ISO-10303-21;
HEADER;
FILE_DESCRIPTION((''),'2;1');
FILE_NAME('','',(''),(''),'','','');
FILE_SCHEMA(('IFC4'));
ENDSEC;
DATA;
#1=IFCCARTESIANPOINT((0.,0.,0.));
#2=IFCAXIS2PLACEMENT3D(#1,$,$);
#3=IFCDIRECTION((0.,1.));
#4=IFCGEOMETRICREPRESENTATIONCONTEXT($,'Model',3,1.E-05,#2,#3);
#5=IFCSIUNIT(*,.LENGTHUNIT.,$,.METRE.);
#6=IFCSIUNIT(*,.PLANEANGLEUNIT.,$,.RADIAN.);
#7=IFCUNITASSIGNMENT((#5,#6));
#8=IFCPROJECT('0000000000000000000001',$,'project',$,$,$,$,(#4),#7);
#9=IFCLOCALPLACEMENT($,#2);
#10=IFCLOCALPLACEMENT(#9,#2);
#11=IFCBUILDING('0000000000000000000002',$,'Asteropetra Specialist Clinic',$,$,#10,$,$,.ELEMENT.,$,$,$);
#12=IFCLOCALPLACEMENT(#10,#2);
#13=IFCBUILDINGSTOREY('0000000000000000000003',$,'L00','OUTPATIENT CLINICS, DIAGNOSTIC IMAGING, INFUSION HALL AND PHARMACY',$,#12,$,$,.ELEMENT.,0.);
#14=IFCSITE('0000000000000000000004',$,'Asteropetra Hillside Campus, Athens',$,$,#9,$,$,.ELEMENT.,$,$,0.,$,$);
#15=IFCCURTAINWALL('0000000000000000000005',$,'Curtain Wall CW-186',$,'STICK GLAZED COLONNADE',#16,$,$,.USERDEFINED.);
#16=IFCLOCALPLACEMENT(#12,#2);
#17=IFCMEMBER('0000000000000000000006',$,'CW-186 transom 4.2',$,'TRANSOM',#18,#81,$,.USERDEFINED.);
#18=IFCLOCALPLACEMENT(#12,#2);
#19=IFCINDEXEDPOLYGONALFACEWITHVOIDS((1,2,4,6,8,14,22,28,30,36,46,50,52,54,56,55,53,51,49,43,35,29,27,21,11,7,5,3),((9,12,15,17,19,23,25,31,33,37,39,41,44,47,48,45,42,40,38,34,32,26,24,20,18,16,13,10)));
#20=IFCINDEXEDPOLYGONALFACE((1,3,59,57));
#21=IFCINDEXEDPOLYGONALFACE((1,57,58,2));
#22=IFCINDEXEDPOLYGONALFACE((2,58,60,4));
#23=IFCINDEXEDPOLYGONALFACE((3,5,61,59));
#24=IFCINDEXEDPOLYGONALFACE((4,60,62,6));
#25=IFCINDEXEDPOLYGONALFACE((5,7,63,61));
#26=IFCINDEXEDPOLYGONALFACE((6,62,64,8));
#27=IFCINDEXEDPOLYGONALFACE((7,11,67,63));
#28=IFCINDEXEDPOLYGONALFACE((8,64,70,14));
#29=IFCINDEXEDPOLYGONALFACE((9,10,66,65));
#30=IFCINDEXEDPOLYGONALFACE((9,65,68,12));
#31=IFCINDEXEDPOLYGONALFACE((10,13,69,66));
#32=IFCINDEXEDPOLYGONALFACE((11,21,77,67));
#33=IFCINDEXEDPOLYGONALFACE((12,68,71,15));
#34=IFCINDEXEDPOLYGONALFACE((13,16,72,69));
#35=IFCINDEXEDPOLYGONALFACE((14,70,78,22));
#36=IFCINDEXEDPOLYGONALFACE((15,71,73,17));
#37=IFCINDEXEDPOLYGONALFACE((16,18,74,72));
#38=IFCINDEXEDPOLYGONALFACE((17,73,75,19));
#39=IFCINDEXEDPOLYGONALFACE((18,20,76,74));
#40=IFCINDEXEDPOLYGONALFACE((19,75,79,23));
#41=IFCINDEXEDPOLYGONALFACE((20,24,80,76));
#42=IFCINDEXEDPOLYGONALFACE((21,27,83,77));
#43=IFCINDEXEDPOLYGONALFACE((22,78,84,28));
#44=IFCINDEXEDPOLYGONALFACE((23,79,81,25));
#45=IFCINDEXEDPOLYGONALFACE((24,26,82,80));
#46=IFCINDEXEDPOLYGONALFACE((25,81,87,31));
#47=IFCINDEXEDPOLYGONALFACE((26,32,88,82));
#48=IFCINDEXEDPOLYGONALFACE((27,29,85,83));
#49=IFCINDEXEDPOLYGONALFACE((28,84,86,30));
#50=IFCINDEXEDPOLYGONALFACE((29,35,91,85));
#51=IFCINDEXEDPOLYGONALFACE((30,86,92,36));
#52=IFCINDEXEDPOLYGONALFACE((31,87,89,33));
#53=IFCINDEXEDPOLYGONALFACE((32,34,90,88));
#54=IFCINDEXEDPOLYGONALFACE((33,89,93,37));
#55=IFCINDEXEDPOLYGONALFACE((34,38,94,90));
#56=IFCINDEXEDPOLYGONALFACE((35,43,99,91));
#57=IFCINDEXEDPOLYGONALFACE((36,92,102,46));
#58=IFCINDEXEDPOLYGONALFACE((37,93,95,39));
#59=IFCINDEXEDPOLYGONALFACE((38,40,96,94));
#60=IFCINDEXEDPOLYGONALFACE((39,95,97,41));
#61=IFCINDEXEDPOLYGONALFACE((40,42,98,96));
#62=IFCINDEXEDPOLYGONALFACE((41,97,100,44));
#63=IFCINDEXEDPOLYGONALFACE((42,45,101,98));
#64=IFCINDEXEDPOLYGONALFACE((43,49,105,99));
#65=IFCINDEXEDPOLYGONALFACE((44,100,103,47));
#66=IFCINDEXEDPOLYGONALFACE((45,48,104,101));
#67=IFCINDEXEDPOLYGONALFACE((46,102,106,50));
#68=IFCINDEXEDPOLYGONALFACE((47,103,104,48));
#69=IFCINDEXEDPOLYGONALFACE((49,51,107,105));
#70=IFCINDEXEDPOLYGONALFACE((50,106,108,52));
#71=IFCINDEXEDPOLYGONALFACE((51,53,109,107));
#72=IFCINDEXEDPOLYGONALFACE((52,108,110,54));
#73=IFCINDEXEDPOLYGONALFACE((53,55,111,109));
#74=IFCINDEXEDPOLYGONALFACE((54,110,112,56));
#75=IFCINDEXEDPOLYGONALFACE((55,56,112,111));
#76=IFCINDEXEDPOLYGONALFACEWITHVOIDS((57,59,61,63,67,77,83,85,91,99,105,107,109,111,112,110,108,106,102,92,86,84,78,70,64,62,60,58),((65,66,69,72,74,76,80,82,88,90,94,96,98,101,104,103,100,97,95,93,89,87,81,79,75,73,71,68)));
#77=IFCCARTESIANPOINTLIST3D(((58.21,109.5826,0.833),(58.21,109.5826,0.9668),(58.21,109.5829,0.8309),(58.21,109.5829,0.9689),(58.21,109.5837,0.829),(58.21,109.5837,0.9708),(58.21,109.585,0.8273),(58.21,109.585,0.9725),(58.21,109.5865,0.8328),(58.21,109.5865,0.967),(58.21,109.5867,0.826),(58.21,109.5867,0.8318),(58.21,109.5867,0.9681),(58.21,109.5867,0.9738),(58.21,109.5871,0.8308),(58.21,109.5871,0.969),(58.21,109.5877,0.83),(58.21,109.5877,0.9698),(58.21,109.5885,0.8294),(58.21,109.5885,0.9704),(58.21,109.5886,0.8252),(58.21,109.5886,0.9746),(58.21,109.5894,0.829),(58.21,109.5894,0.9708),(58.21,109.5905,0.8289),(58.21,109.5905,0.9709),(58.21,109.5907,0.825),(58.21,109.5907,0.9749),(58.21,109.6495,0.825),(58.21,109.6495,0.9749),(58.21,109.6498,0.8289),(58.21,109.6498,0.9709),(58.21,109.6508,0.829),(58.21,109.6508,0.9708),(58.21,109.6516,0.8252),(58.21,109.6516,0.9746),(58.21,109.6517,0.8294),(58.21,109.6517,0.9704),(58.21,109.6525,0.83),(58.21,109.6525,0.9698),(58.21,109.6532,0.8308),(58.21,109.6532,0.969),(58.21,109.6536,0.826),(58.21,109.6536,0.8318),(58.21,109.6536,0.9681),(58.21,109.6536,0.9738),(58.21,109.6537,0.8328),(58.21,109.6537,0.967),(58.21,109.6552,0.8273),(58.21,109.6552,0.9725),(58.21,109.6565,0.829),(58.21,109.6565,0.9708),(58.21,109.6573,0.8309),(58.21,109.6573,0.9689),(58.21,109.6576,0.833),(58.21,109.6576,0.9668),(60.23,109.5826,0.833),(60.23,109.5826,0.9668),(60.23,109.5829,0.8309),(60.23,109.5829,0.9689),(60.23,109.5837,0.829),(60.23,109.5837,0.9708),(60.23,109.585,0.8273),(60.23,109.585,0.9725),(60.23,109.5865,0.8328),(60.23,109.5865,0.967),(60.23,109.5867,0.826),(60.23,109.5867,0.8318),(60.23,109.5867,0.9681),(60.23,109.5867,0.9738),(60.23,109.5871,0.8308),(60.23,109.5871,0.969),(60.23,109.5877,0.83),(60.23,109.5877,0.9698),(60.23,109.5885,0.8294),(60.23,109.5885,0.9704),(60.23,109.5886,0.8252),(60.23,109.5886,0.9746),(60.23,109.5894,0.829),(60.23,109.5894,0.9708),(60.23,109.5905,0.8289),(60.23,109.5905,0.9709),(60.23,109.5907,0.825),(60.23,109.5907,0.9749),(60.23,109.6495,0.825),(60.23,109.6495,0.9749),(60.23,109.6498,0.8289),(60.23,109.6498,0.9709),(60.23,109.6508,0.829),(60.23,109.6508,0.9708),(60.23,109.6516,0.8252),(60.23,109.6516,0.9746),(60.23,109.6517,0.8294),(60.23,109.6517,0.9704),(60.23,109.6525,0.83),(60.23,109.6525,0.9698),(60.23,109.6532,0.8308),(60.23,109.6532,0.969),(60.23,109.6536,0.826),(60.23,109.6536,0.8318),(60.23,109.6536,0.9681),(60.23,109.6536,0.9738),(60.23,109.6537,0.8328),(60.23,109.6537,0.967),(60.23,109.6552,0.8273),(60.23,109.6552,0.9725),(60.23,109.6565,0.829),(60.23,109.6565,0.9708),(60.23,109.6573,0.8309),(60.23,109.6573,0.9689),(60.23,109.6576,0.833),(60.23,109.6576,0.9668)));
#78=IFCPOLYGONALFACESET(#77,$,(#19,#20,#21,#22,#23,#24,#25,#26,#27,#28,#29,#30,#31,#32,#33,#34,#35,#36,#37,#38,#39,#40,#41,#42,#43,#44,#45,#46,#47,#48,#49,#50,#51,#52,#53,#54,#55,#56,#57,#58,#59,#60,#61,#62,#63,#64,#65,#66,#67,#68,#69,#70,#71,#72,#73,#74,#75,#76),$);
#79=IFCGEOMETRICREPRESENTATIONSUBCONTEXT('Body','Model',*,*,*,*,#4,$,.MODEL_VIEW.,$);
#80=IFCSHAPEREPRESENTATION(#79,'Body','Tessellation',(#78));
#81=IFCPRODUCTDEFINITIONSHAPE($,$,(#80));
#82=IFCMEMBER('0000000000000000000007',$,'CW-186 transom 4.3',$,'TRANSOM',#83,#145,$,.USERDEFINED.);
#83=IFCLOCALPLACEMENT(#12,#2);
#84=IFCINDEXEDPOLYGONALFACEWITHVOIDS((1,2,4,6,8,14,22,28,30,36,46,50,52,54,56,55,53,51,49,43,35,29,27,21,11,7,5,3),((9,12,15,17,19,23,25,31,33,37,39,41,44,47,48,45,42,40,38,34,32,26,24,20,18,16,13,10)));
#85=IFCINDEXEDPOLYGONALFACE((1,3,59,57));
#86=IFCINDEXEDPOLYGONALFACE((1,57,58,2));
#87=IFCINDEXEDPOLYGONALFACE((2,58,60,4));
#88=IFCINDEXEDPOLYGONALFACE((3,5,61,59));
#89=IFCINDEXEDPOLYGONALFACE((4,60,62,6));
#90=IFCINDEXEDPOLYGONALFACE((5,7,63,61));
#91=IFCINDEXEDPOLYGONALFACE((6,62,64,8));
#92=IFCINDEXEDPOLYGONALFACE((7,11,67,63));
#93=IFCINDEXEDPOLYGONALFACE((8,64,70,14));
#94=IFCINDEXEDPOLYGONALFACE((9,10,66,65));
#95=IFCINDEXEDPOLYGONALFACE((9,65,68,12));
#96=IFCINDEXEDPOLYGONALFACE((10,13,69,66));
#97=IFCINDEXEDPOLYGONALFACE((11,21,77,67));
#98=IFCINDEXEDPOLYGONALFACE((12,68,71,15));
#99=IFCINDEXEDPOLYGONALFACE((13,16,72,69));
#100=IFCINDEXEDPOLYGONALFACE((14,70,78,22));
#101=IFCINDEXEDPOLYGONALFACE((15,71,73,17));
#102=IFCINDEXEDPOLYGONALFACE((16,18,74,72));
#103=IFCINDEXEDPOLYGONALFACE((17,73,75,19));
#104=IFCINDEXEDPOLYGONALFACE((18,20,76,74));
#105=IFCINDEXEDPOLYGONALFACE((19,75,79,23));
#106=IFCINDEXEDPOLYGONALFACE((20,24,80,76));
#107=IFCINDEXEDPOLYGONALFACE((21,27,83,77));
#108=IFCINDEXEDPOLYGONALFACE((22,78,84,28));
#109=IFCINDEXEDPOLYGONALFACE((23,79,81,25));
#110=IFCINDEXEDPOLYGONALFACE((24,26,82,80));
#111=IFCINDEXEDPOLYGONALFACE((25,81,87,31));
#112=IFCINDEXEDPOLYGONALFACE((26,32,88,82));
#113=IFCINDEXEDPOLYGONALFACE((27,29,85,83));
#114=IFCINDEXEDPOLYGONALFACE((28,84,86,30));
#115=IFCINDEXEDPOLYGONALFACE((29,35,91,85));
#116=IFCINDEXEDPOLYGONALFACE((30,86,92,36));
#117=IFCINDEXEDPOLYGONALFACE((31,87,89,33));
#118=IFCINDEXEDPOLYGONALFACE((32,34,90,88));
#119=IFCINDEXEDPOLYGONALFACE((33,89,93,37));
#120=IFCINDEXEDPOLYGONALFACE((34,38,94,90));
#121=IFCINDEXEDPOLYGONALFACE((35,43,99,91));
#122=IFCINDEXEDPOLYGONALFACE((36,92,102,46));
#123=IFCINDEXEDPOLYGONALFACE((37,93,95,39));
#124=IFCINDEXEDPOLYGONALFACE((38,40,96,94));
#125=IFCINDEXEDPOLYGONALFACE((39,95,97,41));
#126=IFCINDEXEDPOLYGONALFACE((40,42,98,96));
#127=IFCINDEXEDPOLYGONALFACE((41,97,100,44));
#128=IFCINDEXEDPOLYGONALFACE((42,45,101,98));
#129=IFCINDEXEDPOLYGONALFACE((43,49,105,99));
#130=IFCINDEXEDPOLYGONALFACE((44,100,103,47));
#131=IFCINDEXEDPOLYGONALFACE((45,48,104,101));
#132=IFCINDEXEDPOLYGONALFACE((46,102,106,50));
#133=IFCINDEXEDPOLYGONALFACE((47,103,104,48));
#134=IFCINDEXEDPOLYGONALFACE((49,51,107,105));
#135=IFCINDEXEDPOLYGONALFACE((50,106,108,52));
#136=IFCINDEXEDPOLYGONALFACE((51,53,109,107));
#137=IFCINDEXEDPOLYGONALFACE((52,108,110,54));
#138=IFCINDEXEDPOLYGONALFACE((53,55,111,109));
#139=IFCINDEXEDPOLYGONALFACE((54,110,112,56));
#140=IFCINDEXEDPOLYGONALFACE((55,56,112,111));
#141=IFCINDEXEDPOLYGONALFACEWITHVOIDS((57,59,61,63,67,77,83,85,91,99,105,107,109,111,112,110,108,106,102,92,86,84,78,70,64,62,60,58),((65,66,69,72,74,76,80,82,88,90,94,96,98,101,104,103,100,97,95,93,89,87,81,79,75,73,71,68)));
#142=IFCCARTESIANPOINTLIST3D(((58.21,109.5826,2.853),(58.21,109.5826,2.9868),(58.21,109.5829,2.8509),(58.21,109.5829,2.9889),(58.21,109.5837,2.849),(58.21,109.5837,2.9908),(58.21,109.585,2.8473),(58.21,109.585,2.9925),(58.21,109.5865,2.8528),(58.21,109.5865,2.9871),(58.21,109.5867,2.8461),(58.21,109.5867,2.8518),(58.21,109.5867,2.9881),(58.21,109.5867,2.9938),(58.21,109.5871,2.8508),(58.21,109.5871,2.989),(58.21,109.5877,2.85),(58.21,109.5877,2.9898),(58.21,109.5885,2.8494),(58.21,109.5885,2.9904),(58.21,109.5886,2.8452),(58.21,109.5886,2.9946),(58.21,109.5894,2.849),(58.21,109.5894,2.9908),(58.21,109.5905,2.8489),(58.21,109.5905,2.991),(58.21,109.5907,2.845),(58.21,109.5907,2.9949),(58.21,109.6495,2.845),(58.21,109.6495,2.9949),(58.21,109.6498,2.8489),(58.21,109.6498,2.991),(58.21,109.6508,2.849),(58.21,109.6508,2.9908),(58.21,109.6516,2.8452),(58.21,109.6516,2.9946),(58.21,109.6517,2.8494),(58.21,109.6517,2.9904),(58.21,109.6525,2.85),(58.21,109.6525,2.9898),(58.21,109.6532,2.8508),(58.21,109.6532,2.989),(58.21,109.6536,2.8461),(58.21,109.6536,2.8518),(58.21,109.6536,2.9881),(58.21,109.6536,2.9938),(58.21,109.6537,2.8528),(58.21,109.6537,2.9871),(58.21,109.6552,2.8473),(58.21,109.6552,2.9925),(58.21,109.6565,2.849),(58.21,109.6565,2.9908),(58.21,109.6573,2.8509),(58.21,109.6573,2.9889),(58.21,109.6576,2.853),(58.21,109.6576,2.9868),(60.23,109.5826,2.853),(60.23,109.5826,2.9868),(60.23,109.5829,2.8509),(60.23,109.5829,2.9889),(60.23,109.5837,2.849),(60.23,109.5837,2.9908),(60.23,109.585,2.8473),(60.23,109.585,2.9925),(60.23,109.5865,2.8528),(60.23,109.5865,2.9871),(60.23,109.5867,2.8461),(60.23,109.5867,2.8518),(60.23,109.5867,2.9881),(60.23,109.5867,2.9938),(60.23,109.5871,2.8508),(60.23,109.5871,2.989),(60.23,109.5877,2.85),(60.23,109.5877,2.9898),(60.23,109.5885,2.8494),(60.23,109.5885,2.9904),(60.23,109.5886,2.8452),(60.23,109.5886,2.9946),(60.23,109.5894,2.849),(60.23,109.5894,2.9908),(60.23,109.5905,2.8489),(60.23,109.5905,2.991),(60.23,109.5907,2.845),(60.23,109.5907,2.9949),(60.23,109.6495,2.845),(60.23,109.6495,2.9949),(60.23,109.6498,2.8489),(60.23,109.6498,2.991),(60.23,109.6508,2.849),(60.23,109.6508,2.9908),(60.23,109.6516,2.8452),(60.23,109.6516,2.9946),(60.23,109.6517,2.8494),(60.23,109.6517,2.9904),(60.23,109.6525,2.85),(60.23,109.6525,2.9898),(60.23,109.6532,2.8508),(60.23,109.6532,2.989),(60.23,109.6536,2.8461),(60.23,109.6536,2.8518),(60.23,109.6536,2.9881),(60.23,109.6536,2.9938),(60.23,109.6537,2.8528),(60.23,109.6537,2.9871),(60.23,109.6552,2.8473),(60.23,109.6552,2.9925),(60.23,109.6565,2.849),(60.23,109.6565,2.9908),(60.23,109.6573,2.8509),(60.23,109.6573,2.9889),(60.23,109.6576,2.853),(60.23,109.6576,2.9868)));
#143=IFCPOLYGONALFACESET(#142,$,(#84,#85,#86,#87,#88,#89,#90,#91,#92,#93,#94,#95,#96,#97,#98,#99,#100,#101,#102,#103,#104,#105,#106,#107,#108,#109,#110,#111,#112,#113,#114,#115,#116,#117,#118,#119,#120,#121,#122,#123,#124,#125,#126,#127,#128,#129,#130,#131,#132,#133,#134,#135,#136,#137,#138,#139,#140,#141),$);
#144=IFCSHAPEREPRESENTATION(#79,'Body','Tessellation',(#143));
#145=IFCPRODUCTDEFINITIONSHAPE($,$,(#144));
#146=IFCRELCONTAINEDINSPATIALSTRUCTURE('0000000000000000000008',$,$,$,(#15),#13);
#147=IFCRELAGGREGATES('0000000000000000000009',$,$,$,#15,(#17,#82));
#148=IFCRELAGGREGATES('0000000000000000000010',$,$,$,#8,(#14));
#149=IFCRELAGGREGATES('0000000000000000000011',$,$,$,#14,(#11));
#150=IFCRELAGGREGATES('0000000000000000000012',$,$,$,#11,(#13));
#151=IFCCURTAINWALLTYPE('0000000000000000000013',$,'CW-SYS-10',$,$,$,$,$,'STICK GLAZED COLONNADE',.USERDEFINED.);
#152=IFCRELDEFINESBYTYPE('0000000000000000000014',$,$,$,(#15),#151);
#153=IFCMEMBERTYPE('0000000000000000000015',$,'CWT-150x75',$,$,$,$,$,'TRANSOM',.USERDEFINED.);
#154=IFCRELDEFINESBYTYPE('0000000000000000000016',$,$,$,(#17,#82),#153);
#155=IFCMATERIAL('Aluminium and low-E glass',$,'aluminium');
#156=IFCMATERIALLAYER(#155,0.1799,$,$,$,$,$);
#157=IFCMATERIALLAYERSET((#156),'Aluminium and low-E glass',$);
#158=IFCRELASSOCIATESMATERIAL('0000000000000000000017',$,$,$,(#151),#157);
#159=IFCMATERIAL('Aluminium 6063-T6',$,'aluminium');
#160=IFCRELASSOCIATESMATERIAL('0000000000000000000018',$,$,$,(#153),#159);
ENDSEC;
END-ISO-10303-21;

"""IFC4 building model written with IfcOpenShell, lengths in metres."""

from ifc_helpers import new_model, si_unit, direction, frame, origin, origin_2d, place, context, subcontext, project, spatial, hollow_rectangle, extrude, material, layer, layer_set, material_profile, profile_set, type_object, element, aggregate, save


model = new_model("IFC4")

# Units and contexts
model_context = context("Model", 3, precision=1e-05, world=origin(), true_north=direction((0.0, 1.0)))
body_context = subcontext(model_context, "Body", "Model", "MODEL_VIEW")
ifc_project = project(units=[si_unit("LENGTHUNIT", "METRE"), si_unit("PLANEANGLEUNIT", "RADIAN")], contexts=[model_context])

# Site, building, storey
site_placement = place(None, origin())
site = spatial("IfcSite", under=ifc_project, at=site_placement, Name="Asteropetra Hillside Campus, Athens", CompositionType="ELEMENT", RefElevation=0.0)
building_placement = place(site_placement, origin())
building = spatial("IfcBuilding", under=site, at=building_placement, Name="Asteropetra Specialist Clinic", CompositionType="ELEMENT")
storey_placement = place(building_placement, origin())
storey = spatial("IfcBuildingStorey", under=building, at=storey_placement, Name="L00", Description="OUTPATIENT CLINICS, DIAGNOSTIC IMAGING, INFUSION HALL AND PHARMACY", CompositionType="ELEMENT", Elevation=0.0)

# Curtain wall, members
ifc_material_1 = material(Name="Aluminium and low-E glass", Category="aluminium")
ifc_layer_1 = layer(ifc_material_1, 0.1799)
ifc_layer_set_1 = layer_set([ifc_layer_1], Name="Aluminium and low-E glass")
curtain_wall_type = type_object("IfcCurtainWallType", Name="CW-SYS-10", ElementType="STICK GLAZED COLONNADE", PredefinedType="USERDEFINED", material=ifc_layer_set_1)
curtain_wall_placement = place(storey_placement, origin())
curtain_wall = element("IfcCurtainWall", 1, at=curtain_wall_placement, inside=storey, type_object=curtain_wall_type, Name="Curtain Wall CW-186", ObjectType="STICK GLAZED COLONNADE", PredefinedType="USERDEFINED")
ifc_material_2 = material(Name="Aluminium 6063-T6", Category="aluminium")
ifc_material_profile_1 = material_profile(ifc_material_2, hollow_rectangle(XDim=0.075, YDim=0.1499, WallThickness=0.0039, InnerFilletRadius=0.0039, OuterFilletRadius=0.0081, at=origin_2d()), Name="TRN 150x75x4.0")
ifc_profile_set_1 = profile_set([ifc_material_profile_1], Name="Aluminium 6063-T6")
member_type_1 = type_object("IfcMemberType", Name="CWT-150x75", ElementType="TRANSOM", PredefinedType="USERDEFINED", material=ifc_profile_set_1)
member_1_placement = place(storey_placement, frame((60.23, 109.6201, 0.8999), z_axis=(-1.0, 0.0, 0.0), x_axis=(0.0, -1.0, 0.0)))
member_1 = element("IfcMember", 2, at=member_1_placement, type_object=member_type_1, Name="CW-186 transom 4.2", ObjectType="TRANSOM", PredefinedType="USERDEFINED", context=body_context, shape_type="SweptSolid", body=[
    extrude(hollow_rectangle(XDim=0.075, YDim=0.1499, WallThickness=0.0039, InnerFilletRadius=0.0039, OuterFilletRadius=0.0081, at=origin_2d()), origin(), (0.0, 0.0, 1.0), 2.02),
])
member_2_placement = place(storey_placement, frame((60.23, 109.6201, 2.9199), z_axis=(-1.0, 0.0, 0.0), x_axis=(0.0, -1.0, 0.0)))
member_2 = element("IfcMember", 3, at=member_2_placement, type_object=member_type_1, Name="CW-186 transom 4.3", ObjectType="TRANSOM", PredefinedType="USERDEFINED", context=body_context, shape_type="SweptSolid", body=[
    extrude(hollow_rectangle(XDim=0.075, YDim=0.1499, WallThickness=0.0039, InnerFilletRadius=0.0039, OuterFilletRadius=0.0081, at=origin_2d()), origin(), (0.0, 0.0, 1.0), 2.02),
])
aggregate(curtain_wall, [member_1, member_2])

save(model, "model.ifc")
